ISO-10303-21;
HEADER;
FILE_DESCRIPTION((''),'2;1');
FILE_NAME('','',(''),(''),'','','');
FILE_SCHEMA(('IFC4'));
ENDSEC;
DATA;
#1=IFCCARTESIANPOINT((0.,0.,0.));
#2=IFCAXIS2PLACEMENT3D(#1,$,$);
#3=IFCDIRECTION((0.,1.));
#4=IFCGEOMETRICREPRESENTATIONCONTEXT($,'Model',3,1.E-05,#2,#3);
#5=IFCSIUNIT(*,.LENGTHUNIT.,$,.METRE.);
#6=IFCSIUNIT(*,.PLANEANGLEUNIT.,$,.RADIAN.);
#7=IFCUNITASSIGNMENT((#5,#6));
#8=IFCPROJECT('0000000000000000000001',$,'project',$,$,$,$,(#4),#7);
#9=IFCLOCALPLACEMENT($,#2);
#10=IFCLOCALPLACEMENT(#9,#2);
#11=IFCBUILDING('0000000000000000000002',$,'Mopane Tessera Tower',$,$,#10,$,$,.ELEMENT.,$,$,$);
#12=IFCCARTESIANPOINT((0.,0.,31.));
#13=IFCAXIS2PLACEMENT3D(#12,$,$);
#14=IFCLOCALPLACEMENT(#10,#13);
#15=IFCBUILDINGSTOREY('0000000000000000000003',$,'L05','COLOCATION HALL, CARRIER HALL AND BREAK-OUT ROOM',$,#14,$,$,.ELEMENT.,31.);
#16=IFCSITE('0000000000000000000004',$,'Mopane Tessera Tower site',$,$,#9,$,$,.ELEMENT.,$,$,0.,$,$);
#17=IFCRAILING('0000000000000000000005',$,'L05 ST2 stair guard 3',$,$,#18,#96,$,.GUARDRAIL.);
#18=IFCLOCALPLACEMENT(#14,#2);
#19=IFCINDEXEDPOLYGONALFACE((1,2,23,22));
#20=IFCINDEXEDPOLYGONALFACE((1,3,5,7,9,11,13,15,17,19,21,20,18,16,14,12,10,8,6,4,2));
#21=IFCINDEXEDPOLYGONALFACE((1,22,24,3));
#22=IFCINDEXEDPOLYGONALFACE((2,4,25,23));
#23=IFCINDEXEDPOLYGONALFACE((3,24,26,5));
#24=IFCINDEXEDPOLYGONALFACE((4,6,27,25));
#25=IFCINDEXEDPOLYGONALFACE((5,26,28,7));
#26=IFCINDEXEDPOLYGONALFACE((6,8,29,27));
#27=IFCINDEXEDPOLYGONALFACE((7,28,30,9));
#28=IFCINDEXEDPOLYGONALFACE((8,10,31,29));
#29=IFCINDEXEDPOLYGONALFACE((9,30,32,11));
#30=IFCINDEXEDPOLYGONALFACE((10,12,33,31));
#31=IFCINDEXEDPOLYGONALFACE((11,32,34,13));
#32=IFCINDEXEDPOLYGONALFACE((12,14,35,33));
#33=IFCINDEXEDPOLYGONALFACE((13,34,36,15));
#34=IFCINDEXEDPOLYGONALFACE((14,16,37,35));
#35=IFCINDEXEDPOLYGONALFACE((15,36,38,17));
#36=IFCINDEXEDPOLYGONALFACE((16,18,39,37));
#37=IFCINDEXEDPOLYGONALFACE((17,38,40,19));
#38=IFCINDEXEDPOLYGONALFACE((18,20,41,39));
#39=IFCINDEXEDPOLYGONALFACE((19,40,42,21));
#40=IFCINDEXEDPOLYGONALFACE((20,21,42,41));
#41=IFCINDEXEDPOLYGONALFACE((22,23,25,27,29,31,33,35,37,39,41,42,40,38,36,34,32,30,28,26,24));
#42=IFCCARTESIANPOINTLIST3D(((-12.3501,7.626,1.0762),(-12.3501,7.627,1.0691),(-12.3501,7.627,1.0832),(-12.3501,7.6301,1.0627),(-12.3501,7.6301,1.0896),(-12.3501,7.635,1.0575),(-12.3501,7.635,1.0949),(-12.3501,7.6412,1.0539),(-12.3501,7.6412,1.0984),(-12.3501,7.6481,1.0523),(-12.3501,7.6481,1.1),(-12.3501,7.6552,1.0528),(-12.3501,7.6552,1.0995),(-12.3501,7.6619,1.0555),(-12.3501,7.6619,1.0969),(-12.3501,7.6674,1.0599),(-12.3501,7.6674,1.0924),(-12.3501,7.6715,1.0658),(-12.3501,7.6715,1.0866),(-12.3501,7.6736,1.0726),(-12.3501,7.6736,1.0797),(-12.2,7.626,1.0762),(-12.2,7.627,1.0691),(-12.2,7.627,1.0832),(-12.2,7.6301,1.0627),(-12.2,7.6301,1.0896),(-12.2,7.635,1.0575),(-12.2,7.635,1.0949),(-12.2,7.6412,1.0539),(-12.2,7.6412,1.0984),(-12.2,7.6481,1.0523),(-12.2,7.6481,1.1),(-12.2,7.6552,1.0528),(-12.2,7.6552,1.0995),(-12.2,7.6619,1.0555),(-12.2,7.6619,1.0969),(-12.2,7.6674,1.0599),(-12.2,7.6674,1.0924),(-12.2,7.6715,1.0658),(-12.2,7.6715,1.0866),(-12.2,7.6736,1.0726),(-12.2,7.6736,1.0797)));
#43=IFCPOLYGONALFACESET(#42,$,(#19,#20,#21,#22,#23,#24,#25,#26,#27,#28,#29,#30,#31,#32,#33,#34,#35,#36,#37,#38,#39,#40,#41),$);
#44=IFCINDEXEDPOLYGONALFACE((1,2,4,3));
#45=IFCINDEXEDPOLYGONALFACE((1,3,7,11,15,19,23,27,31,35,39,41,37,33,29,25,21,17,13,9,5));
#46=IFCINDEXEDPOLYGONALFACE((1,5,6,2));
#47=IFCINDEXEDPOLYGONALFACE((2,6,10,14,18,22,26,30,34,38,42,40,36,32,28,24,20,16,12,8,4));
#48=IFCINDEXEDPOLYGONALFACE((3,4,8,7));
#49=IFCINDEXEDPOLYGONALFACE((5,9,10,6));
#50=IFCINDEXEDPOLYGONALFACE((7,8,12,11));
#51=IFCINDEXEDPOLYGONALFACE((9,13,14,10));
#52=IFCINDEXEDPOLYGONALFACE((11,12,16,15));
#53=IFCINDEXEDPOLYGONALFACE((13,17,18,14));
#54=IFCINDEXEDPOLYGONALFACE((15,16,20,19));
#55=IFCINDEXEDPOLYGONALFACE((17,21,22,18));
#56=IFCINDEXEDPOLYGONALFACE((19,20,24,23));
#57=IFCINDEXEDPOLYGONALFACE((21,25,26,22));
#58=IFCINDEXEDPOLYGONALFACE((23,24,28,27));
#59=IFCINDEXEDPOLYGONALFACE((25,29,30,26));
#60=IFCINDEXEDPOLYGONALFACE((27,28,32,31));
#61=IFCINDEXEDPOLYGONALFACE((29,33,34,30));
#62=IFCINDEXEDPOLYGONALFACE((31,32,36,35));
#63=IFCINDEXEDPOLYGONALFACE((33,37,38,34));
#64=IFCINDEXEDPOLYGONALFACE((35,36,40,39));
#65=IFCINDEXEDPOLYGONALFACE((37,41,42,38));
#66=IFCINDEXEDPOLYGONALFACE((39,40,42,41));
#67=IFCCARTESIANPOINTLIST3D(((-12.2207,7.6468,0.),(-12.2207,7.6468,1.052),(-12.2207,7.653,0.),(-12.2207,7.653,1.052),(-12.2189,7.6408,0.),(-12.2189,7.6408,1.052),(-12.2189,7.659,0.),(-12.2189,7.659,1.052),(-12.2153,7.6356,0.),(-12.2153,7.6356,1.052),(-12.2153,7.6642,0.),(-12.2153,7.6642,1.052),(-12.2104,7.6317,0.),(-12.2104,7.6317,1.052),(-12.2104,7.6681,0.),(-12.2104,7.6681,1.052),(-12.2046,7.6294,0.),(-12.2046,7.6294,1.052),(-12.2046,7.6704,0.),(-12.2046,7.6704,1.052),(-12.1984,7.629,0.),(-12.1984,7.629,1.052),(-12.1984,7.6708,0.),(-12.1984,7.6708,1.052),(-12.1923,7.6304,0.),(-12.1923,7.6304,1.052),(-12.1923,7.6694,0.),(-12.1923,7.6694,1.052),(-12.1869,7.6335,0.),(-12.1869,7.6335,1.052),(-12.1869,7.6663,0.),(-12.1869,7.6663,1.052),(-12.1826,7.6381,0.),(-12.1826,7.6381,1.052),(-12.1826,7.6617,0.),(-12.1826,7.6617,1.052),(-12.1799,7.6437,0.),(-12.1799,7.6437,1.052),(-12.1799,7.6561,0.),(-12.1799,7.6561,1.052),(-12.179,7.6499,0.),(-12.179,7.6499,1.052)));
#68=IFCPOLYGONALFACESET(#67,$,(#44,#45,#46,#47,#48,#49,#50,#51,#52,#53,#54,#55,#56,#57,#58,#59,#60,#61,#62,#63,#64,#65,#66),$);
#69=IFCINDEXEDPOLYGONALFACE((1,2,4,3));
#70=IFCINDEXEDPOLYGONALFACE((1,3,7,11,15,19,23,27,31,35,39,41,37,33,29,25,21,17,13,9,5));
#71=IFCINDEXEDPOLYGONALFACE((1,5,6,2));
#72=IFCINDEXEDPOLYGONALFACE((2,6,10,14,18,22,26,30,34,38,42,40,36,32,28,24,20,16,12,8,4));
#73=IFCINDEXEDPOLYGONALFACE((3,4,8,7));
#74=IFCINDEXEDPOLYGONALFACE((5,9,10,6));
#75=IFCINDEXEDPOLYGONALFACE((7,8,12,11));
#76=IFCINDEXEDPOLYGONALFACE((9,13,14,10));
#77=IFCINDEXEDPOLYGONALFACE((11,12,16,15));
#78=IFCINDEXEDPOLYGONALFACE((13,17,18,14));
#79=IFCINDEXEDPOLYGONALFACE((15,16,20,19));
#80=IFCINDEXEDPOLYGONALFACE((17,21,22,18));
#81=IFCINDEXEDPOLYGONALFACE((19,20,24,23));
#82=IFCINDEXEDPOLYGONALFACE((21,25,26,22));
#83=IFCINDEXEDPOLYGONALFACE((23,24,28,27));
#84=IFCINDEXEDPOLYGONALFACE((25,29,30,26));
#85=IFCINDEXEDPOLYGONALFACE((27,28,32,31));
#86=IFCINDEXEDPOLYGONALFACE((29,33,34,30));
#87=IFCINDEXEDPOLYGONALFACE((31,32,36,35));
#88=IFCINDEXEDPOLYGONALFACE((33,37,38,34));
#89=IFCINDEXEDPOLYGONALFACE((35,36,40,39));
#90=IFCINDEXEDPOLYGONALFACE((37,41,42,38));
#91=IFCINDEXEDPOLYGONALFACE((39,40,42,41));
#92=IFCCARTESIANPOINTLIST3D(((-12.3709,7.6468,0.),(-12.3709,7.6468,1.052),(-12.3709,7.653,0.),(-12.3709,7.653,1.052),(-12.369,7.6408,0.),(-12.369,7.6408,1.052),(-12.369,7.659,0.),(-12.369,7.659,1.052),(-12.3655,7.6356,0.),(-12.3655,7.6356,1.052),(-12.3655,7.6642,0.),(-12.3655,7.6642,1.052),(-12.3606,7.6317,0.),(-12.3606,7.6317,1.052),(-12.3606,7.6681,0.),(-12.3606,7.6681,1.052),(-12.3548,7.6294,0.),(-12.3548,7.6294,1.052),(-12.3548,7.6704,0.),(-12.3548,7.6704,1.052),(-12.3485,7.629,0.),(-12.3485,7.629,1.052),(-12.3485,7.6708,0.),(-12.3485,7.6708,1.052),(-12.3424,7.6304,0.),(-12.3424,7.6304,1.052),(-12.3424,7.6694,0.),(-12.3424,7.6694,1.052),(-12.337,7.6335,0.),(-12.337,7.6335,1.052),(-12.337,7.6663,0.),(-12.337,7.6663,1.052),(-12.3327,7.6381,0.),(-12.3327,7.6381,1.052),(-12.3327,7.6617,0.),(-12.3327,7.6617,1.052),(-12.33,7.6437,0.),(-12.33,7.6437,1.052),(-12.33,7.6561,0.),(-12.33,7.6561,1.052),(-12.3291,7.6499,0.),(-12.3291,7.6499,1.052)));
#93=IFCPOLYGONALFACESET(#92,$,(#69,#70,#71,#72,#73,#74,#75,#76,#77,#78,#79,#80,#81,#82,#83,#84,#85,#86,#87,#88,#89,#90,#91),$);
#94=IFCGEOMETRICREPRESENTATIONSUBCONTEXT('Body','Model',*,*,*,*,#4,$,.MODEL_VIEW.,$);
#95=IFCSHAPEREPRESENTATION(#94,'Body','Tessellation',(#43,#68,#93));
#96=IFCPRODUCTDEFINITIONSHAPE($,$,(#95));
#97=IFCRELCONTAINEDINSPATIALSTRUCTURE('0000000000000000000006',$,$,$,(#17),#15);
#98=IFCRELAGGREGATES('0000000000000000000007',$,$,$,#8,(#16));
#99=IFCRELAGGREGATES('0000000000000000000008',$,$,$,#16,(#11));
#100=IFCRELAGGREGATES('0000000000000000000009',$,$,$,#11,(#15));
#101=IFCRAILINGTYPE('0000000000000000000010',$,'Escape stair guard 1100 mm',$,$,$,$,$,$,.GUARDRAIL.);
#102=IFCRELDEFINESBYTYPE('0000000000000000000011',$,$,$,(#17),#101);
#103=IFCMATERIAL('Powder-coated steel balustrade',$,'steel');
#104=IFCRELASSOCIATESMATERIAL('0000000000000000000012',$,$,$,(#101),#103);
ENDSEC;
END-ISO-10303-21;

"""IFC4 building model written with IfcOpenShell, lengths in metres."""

from ifc_helpers import new_model, si_unit, direction, frame, origin, origin_2d, place, context, subcontext, project, spatial, circle, extrude, material, type_object, element, save


model = new_model("IFC4")

# Units and contexts
model_context = context("Model", 3, precision=1e-05, world=origin(), true_north=direction((0.0, 1.0)))
body_context = subcontext(model_context, "Body", "Model", "MODEL_VIEW")
ifc_project = project(units=[si_unit("LENGTHUNIT", "METRE"), si_unit("PLANEANGLEUNIT", "RADIAN")], contexts=[model_context])

# Site, building, storey
site_placement = place(None, origin())
site = spatial("IfcSite", under=ifc_project, at=site_placement, Name="Mopane Tessera Tower site", CompositionType="ELEMENT", RefElevation=0.0)
building_placement = place(site_placement, origin())
building = spatial("IfcBuilding", under=site, at=building_placement, Name="Mopane Tessera Tower", CompositionType="ELEMENT")
storey_placement = place(building_placement, frame((0.0, 0.0, 31.0)))
storey = spatial("IfcBuildingStorey", under=building, at=storey_placement, Name="L05", Description="COLOCATION HALL, CARRIER HALL AND BREAK-OUT ROOM", CompositionType="ELEMENT", Elevation=31.0)

# Railing
ifc_material_1 = material(Name="Powder-coated steel balustrade", Category="steel")
railing_type_1 = type_object("IfcRailingType", Name="Escape stair guard 1100 mm", PredefinedType="GUARDRAIL", material=ifc_material_1)
railing_1_placement = place(storey_placement, frame((-12.2, 7.6499, 0.0)))
element("IfcRailing", 1, at=railing_1_placement, inside=storey, type_object=railing_type_1, Name="L05 ST2 stair guard 3", PredefinedType="GUARDRAIL", context=body_context, shape_type="SweptSolid", body=[
    extrude(circle(Radius=0.0239, at=origin_2d()), frame((0.0, 0.0, 1.0762), z_axis=(-1.0, 0.0, 0.0), x_axis=(0.0, -1.0, 0.0)), (0.0, 0.0, 1.0), 0.1501),
    extrude(circle(Radius=0.021, at=origin_2d()), origin(), (0.0, 0.0, 1.0), 1.052),
    extrude(circle(Radius=0.021, at=origin_2d()), frame((-0.1501, 0.0, 0.0)), (0.0, 0.0, 1.0), 1.052),
])

save(model, "model.ifc")
